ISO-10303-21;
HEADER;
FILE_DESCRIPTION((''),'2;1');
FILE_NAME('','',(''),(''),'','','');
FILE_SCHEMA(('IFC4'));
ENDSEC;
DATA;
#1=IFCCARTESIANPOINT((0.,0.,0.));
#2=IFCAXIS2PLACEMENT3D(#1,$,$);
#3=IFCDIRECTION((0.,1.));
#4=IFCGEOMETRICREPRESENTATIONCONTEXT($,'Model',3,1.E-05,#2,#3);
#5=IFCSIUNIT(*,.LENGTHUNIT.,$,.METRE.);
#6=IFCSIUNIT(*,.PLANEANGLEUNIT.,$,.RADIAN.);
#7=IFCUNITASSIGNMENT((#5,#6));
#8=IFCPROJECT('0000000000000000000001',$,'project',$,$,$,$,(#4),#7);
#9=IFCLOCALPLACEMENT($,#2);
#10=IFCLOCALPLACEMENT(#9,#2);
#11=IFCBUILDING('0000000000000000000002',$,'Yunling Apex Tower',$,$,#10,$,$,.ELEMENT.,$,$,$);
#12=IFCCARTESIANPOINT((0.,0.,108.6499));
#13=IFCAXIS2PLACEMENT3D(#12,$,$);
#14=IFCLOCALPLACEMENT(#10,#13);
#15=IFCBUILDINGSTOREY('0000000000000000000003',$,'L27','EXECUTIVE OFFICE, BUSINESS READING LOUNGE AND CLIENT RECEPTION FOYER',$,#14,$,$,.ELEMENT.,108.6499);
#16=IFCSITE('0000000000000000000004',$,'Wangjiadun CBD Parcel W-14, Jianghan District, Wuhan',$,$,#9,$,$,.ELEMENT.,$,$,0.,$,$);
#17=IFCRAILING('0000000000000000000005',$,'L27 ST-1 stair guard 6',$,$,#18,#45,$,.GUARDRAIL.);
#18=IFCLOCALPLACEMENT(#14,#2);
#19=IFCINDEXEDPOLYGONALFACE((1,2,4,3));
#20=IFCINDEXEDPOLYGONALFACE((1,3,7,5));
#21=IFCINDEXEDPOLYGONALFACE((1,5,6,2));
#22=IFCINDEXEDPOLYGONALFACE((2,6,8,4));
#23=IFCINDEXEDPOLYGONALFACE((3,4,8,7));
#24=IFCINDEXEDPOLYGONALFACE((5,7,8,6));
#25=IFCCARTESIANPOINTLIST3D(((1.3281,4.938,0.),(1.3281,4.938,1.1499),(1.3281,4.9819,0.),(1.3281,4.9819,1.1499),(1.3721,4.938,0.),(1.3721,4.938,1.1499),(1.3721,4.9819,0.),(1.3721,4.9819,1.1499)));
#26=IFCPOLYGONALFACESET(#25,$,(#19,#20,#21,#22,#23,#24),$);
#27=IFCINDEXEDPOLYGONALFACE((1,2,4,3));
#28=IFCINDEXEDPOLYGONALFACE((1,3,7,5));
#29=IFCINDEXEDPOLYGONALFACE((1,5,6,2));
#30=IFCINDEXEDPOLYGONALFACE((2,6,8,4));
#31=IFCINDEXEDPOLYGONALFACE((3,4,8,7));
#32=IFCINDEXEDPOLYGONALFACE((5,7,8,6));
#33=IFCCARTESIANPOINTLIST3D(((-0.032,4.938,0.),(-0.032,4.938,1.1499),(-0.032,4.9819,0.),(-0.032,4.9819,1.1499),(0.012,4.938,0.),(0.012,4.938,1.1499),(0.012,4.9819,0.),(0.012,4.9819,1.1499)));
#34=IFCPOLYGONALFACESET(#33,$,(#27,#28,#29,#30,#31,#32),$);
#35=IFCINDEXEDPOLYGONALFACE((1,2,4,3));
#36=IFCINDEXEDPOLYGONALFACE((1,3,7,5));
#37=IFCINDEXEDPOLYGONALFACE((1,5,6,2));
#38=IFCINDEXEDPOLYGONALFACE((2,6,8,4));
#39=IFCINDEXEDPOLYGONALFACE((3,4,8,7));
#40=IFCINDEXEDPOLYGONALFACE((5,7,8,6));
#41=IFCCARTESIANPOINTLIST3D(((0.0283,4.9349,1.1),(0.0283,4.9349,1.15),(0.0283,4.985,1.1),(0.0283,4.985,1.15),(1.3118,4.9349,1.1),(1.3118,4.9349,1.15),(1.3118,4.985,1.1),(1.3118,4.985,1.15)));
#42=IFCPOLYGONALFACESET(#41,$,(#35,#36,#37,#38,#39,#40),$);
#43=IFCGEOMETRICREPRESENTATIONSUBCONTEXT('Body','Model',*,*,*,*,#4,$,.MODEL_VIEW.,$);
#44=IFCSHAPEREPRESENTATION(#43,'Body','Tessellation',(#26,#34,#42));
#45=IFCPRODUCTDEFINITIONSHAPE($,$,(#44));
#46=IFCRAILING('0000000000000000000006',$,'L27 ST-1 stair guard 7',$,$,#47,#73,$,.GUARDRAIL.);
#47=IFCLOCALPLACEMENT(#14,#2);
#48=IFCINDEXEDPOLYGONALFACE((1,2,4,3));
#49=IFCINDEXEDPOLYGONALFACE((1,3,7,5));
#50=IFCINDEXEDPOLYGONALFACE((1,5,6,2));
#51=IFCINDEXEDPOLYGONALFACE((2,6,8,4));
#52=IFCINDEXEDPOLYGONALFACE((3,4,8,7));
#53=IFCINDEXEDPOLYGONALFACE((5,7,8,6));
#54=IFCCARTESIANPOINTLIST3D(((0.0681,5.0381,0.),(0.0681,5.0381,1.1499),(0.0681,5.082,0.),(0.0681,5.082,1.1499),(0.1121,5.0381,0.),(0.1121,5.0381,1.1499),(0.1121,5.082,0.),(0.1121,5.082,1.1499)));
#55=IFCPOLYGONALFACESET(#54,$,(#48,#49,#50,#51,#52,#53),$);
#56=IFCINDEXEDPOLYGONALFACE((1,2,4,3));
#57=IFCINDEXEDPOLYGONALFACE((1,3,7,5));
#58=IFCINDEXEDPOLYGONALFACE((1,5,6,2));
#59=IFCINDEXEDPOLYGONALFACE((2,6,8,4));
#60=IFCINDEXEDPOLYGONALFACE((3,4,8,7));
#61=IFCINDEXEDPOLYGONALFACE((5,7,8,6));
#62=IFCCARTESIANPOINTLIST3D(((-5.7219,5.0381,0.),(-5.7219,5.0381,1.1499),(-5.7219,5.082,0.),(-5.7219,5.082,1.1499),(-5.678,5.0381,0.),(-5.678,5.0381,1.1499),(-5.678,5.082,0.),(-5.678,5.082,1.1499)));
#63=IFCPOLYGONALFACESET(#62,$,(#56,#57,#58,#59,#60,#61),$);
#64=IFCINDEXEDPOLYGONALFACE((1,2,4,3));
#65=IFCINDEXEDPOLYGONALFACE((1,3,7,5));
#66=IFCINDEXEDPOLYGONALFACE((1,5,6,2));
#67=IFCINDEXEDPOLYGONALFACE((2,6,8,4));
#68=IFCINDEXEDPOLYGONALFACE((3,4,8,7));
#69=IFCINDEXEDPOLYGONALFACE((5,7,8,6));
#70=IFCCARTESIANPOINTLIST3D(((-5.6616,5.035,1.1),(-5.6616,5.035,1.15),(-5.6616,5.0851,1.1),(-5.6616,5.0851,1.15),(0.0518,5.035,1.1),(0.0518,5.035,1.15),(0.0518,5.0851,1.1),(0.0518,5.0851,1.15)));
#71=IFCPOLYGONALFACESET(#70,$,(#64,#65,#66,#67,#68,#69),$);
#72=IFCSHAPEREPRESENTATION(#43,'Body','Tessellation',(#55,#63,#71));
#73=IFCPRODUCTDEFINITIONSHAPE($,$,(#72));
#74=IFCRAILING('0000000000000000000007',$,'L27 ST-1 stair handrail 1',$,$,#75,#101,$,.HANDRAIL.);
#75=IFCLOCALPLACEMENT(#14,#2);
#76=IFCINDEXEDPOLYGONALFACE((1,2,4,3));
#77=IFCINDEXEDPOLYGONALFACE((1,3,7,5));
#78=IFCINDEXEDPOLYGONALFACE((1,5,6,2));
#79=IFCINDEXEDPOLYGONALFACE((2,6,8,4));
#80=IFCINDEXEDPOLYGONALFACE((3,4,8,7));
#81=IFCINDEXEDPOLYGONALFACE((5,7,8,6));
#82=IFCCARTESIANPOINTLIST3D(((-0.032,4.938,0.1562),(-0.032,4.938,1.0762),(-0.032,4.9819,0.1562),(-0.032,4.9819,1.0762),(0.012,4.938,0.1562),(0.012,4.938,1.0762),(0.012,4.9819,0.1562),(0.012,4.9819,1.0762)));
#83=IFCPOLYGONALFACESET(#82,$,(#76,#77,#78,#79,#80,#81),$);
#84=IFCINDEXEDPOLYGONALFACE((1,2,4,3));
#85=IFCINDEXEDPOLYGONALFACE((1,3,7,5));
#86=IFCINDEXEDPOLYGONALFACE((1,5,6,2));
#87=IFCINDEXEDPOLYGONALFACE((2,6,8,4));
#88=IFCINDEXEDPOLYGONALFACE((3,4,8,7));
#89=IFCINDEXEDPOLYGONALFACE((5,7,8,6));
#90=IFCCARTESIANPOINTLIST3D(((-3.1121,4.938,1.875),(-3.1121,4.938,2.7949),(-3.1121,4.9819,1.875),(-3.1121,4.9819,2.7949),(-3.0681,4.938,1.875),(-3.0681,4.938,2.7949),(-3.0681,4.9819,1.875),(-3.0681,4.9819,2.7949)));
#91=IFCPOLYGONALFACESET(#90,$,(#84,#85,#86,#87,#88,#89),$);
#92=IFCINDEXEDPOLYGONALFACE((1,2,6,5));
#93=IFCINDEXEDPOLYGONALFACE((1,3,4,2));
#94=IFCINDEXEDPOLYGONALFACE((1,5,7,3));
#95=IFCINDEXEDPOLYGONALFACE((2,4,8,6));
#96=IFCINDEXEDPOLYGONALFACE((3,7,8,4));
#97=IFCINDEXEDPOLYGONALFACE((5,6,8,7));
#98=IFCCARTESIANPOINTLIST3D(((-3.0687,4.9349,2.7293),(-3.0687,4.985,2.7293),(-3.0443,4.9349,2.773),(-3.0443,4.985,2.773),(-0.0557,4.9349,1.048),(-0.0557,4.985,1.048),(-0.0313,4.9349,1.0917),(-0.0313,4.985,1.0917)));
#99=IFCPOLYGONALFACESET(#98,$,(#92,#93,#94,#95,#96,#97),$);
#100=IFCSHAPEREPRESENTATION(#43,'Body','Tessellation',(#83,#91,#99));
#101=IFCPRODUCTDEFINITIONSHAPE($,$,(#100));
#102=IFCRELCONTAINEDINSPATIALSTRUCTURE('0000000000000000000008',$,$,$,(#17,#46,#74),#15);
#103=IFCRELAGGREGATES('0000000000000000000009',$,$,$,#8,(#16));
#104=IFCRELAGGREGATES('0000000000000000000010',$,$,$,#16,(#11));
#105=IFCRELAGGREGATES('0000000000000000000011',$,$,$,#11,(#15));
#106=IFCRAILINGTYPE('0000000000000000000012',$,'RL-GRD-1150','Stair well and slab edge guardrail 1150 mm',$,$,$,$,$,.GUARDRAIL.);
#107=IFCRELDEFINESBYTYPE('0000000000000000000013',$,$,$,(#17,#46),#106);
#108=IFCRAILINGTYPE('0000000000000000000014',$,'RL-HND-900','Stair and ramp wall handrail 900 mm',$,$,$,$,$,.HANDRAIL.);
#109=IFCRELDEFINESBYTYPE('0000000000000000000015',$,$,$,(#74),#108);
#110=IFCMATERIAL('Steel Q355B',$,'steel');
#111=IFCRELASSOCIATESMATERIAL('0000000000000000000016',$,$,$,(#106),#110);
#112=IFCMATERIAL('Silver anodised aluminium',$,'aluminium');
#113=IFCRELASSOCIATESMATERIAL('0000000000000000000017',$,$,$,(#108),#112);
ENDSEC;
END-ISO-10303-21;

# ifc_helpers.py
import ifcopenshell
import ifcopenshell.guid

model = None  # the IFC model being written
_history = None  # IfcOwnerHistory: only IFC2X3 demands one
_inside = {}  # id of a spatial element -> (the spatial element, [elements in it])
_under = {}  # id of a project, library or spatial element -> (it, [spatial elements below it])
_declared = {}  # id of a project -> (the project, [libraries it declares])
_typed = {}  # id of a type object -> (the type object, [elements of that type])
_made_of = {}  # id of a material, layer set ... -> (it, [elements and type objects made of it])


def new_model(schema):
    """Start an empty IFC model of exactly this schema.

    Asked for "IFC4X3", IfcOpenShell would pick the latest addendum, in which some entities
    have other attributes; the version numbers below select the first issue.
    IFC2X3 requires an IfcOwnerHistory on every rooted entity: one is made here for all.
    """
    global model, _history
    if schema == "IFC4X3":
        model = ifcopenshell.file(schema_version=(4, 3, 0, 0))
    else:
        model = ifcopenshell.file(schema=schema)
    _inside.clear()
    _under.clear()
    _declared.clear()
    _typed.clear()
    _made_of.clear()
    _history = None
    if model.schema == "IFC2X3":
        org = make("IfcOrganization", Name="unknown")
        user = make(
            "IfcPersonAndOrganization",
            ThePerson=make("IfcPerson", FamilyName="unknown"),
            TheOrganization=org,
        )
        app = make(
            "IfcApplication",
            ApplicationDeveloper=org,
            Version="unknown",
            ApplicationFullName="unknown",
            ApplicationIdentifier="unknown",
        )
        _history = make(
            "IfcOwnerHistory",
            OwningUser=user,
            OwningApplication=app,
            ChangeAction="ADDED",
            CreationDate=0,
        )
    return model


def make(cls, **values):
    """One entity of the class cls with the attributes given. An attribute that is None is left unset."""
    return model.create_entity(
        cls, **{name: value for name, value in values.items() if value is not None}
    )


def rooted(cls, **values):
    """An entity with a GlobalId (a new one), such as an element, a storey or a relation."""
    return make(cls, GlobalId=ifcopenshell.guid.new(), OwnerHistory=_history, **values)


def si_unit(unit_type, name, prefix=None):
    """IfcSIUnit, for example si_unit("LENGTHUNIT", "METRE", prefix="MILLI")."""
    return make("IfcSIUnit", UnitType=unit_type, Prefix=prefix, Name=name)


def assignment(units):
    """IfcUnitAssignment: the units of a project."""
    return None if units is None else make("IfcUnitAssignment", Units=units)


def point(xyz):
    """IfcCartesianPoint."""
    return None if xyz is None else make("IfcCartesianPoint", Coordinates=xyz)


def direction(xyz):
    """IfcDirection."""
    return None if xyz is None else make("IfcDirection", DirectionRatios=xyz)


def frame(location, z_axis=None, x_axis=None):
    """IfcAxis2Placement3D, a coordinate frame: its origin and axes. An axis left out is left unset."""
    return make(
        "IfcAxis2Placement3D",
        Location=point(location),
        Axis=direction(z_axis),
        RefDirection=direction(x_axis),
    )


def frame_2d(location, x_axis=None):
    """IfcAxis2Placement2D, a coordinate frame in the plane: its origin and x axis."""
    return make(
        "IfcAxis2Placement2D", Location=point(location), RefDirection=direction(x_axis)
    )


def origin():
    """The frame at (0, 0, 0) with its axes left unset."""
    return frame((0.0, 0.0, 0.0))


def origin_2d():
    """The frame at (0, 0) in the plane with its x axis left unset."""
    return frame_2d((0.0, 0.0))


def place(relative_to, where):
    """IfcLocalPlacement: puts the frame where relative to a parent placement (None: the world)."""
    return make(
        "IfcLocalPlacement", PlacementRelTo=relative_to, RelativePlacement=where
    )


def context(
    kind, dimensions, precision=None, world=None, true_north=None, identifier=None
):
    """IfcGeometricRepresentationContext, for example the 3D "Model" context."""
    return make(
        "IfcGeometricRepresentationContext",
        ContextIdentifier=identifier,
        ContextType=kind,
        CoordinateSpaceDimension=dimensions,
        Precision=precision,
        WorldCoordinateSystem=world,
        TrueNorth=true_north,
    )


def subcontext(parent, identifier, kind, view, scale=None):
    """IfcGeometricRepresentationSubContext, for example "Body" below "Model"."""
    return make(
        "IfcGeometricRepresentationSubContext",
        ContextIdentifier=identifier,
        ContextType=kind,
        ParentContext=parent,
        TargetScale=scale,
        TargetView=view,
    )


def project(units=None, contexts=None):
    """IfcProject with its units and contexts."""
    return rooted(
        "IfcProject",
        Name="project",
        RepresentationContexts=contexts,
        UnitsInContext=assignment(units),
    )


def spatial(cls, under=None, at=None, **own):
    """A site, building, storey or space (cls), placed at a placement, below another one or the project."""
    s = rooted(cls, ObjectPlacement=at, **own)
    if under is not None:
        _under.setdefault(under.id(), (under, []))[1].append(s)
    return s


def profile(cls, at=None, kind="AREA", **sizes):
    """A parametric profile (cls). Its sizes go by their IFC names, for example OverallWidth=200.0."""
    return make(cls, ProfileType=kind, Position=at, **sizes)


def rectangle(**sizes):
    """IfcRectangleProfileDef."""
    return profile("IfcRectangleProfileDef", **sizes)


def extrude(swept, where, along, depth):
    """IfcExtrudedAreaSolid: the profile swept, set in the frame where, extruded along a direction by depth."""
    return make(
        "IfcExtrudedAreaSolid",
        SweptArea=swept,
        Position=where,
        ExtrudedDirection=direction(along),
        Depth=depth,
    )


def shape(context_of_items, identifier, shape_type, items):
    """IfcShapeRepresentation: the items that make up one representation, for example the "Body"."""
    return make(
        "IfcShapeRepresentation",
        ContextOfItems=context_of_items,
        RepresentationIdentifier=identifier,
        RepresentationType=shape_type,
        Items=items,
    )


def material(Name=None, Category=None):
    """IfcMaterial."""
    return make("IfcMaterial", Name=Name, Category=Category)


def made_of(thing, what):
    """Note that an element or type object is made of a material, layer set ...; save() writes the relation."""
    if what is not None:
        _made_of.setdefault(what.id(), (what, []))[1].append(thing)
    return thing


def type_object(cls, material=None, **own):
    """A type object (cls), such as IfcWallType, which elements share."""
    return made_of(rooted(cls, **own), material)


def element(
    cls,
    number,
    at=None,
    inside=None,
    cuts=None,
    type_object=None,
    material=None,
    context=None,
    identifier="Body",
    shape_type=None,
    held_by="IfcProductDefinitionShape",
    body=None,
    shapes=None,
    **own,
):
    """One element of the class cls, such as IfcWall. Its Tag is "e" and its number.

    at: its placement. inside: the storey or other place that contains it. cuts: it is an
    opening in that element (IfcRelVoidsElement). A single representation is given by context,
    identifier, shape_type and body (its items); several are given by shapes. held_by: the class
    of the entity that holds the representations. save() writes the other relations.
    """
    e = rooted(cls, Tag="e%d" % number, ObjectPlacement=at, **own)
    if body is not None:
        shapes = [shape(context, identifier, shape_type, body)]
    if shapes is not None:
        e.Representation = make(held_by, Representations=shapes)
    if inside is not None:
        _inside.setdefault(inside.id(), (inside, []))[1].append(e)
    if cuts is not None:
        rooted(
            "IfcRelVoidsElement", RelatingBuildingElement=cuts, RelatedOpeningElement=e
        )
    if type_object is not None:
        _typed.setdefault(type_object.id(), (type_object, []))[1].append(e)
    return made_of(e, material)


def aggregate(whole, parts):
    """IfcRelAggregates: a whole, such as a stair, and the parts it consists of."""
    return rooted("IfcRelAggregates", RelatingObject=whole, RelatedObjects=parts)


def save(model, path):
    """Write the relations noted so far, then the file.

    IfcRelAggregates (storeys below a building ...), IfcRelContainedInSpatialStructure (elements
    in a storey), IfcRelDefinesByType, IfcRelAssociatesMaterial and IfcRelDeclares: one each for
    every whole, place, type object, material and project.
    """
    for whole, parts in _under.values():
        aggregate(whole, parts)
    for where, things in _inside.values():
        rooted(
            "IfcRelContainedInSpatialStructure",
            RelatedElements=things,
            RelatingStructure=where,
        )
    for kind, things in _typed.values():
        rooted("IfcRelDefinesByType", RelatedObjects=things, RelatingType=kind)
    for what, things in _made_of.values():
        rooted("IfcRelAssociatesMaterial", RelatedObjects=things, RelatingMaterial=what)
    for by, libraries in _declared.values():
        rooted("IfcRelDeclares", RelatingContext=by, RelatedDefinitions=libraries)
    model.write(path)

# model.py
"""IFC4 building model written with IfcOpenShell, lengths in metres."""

from ifc_helpers import new_model, si_unit, direction, frame, origin, origin_2d, place, context, subcontext, project, spatial, rectangle, extrude, material, type_object, element, save


model = new_model("IFC4")

# Units and contexts
model_context = context("Model", 3, precision=1e-05, world=origin(), true_north=direction((0.0, 1.0)))
body_context = subcontext(model_context, "Body", "Model", "MODEL_VIEW")
ifc_project = project(units=[si_unit("LENGTHUNIT", "METRE"), si_unit("PLANEANGLEUNIT", "RADIAN")], contexts=[model_context])

# Site, building, storey
site_placement = place(None, origin())
site = spatial("IfcSite", under=ifc_project, at=site_placement, Name="Wangjiadun CBD Parcel W-14, Jianghan District, Wuhan", CompositionType="ELEMENT", RefElevation=0.0)
building_placement = place(site_placement, origin())
building = spatial("IfcBuilding", under=site, at=building_placement, Name="Yunling Apex Tower", CompositionType="ELEMENT")
storey_placement = place(building_placement, frame((0.0, 0.0, 108.6499)))
storey = spatial("IfcBuildingStorey", under=building, at=storey_placement, Name="L27", Description="EXECUTIVE OFFICE, BUSINESS READING LOUNGE AND CLIENT RECEPTION FOYER", CompositionType="ELEMENT", Elevation=108.6499)

# Shared definitions
ifc_material_1 = material(Name="Steel Q355B", Category="steel")

# Railings
railing_type_1 = type_object("IfcRailingType", Name="RL-GRD-1150", Description="Stair well and slab edge guardrail 1150 mm", PredefinedType="GUARDRAIL", material=ifc_material_1)
railing_1_placement = place(storey_placement, frame((1.3501, 4.96, 0.0)))
element("IfcRailing", 1, at=railing_1_placement, inside=storey, type_object=railing_type_1, Name="L27 ST-1 stair guard 6", PredefinedType="GUARDRAIL", context=body_context, shape_type="SweptSolid", body=[
    extrude(rectangle(XDim=0.0439, YDim=0.0439, at=origin_2d()), origin(), (0.0, 0.0, 1.0), 1.1499),
    extrude(rectangle(XDim=0.0439, YDim=0.0439, at=origin_2d()), frame((-1.3601, 0.0, 0.0)), (0.0, 0.0, 1.0), 1.1499),
    extrude(rectangle(XDim=0.05, YDim=0.05, at=origin_2d()), frame((-0.0383, 0.0, 1.125), z_axis=(-1.0, 0.0, 0.0), x_axis=(0.0, -1.0, 0.0)), (0.0, 0.0, 1.0), 1.2834),
])
railing_2_placement = place(storey_placement, frame((0.0901, 5.0601, 0.0)))
element("IfcRailing", 2, at=railing_2_placement, inside=storey, type_object=railing_type_1, Name="L27 ST-1 stair guard 7", PredefinedType="GUARDRAIL", context=body_context, shape_type="SweptSolid", body=[
    extrude(rectangle(XDim=0.0439, YDim=0.0439, at=origin_2d()), origin(), (0.0, 0.0, 1.0), 1.1499),
    extrude(rectangle(XDim=0.0439, YDim=0.0439, at=origin_2d()), frame((-5.79, 0.0, 0.0)), (0.0, 0.0, 1.0), 1.1499),
    extrude(rectangle(XDim=0.05, YDim=0.05, at=origin_2d()), frame((-0.0383, 0.0, 1.125), z_axis=(-1.0, 0.0, 0.0), x_axis=(0.0, -1.0, 0.0)), (0.0, 0.0, 1.0), 5.7134),
])
ifc_material_2 = material(Name="Silver anodised aluminium", Category="aluminium")
railing_type_2 = type_object("IfcRailingType", Name="RL-HND-900", Description="Stair and ramp wall handrail 900 mm", PredefinedType="HANDRAIL", material=ifc_material_2)
railing_3_placement = place(storey_placement, frame((-0.01, 4.96, 0.1562)))
element("IfcRailing", 3, at=railing_3_placement, inside=storey, type_object=railing_type_2, Name="L27 ST-1 stair handrail 1", PredefinedType="HANDRAIL", context=body_context, shape_type="SweptSolid", body=[
    extrude(rectangle(XDim=0.0439, YDim=0.0439, at=origin_2d()), origin(), (0.0, 0.0, 1.0), 0.9199),
    extrude(rectangle(XDim=0.0439, YDim=0.0439, at=origin_2d()), frame((-3.0801, 0.0, 1.7188)), (0.0, 0.0, 1.0), 0.9199),
    extrude(rectangle(XDim=0.05, YDim=0.05, at=origin_2d()), frame((-0.0334, 0.0, 0.9136), z_axis=(-0.873242, 0.0, 0.487288), x_axis=(0.0, -1.0, 0.0)), (0.0, 0.0, 1.0), 3.4504),
])

save(model, "model.ifc")
